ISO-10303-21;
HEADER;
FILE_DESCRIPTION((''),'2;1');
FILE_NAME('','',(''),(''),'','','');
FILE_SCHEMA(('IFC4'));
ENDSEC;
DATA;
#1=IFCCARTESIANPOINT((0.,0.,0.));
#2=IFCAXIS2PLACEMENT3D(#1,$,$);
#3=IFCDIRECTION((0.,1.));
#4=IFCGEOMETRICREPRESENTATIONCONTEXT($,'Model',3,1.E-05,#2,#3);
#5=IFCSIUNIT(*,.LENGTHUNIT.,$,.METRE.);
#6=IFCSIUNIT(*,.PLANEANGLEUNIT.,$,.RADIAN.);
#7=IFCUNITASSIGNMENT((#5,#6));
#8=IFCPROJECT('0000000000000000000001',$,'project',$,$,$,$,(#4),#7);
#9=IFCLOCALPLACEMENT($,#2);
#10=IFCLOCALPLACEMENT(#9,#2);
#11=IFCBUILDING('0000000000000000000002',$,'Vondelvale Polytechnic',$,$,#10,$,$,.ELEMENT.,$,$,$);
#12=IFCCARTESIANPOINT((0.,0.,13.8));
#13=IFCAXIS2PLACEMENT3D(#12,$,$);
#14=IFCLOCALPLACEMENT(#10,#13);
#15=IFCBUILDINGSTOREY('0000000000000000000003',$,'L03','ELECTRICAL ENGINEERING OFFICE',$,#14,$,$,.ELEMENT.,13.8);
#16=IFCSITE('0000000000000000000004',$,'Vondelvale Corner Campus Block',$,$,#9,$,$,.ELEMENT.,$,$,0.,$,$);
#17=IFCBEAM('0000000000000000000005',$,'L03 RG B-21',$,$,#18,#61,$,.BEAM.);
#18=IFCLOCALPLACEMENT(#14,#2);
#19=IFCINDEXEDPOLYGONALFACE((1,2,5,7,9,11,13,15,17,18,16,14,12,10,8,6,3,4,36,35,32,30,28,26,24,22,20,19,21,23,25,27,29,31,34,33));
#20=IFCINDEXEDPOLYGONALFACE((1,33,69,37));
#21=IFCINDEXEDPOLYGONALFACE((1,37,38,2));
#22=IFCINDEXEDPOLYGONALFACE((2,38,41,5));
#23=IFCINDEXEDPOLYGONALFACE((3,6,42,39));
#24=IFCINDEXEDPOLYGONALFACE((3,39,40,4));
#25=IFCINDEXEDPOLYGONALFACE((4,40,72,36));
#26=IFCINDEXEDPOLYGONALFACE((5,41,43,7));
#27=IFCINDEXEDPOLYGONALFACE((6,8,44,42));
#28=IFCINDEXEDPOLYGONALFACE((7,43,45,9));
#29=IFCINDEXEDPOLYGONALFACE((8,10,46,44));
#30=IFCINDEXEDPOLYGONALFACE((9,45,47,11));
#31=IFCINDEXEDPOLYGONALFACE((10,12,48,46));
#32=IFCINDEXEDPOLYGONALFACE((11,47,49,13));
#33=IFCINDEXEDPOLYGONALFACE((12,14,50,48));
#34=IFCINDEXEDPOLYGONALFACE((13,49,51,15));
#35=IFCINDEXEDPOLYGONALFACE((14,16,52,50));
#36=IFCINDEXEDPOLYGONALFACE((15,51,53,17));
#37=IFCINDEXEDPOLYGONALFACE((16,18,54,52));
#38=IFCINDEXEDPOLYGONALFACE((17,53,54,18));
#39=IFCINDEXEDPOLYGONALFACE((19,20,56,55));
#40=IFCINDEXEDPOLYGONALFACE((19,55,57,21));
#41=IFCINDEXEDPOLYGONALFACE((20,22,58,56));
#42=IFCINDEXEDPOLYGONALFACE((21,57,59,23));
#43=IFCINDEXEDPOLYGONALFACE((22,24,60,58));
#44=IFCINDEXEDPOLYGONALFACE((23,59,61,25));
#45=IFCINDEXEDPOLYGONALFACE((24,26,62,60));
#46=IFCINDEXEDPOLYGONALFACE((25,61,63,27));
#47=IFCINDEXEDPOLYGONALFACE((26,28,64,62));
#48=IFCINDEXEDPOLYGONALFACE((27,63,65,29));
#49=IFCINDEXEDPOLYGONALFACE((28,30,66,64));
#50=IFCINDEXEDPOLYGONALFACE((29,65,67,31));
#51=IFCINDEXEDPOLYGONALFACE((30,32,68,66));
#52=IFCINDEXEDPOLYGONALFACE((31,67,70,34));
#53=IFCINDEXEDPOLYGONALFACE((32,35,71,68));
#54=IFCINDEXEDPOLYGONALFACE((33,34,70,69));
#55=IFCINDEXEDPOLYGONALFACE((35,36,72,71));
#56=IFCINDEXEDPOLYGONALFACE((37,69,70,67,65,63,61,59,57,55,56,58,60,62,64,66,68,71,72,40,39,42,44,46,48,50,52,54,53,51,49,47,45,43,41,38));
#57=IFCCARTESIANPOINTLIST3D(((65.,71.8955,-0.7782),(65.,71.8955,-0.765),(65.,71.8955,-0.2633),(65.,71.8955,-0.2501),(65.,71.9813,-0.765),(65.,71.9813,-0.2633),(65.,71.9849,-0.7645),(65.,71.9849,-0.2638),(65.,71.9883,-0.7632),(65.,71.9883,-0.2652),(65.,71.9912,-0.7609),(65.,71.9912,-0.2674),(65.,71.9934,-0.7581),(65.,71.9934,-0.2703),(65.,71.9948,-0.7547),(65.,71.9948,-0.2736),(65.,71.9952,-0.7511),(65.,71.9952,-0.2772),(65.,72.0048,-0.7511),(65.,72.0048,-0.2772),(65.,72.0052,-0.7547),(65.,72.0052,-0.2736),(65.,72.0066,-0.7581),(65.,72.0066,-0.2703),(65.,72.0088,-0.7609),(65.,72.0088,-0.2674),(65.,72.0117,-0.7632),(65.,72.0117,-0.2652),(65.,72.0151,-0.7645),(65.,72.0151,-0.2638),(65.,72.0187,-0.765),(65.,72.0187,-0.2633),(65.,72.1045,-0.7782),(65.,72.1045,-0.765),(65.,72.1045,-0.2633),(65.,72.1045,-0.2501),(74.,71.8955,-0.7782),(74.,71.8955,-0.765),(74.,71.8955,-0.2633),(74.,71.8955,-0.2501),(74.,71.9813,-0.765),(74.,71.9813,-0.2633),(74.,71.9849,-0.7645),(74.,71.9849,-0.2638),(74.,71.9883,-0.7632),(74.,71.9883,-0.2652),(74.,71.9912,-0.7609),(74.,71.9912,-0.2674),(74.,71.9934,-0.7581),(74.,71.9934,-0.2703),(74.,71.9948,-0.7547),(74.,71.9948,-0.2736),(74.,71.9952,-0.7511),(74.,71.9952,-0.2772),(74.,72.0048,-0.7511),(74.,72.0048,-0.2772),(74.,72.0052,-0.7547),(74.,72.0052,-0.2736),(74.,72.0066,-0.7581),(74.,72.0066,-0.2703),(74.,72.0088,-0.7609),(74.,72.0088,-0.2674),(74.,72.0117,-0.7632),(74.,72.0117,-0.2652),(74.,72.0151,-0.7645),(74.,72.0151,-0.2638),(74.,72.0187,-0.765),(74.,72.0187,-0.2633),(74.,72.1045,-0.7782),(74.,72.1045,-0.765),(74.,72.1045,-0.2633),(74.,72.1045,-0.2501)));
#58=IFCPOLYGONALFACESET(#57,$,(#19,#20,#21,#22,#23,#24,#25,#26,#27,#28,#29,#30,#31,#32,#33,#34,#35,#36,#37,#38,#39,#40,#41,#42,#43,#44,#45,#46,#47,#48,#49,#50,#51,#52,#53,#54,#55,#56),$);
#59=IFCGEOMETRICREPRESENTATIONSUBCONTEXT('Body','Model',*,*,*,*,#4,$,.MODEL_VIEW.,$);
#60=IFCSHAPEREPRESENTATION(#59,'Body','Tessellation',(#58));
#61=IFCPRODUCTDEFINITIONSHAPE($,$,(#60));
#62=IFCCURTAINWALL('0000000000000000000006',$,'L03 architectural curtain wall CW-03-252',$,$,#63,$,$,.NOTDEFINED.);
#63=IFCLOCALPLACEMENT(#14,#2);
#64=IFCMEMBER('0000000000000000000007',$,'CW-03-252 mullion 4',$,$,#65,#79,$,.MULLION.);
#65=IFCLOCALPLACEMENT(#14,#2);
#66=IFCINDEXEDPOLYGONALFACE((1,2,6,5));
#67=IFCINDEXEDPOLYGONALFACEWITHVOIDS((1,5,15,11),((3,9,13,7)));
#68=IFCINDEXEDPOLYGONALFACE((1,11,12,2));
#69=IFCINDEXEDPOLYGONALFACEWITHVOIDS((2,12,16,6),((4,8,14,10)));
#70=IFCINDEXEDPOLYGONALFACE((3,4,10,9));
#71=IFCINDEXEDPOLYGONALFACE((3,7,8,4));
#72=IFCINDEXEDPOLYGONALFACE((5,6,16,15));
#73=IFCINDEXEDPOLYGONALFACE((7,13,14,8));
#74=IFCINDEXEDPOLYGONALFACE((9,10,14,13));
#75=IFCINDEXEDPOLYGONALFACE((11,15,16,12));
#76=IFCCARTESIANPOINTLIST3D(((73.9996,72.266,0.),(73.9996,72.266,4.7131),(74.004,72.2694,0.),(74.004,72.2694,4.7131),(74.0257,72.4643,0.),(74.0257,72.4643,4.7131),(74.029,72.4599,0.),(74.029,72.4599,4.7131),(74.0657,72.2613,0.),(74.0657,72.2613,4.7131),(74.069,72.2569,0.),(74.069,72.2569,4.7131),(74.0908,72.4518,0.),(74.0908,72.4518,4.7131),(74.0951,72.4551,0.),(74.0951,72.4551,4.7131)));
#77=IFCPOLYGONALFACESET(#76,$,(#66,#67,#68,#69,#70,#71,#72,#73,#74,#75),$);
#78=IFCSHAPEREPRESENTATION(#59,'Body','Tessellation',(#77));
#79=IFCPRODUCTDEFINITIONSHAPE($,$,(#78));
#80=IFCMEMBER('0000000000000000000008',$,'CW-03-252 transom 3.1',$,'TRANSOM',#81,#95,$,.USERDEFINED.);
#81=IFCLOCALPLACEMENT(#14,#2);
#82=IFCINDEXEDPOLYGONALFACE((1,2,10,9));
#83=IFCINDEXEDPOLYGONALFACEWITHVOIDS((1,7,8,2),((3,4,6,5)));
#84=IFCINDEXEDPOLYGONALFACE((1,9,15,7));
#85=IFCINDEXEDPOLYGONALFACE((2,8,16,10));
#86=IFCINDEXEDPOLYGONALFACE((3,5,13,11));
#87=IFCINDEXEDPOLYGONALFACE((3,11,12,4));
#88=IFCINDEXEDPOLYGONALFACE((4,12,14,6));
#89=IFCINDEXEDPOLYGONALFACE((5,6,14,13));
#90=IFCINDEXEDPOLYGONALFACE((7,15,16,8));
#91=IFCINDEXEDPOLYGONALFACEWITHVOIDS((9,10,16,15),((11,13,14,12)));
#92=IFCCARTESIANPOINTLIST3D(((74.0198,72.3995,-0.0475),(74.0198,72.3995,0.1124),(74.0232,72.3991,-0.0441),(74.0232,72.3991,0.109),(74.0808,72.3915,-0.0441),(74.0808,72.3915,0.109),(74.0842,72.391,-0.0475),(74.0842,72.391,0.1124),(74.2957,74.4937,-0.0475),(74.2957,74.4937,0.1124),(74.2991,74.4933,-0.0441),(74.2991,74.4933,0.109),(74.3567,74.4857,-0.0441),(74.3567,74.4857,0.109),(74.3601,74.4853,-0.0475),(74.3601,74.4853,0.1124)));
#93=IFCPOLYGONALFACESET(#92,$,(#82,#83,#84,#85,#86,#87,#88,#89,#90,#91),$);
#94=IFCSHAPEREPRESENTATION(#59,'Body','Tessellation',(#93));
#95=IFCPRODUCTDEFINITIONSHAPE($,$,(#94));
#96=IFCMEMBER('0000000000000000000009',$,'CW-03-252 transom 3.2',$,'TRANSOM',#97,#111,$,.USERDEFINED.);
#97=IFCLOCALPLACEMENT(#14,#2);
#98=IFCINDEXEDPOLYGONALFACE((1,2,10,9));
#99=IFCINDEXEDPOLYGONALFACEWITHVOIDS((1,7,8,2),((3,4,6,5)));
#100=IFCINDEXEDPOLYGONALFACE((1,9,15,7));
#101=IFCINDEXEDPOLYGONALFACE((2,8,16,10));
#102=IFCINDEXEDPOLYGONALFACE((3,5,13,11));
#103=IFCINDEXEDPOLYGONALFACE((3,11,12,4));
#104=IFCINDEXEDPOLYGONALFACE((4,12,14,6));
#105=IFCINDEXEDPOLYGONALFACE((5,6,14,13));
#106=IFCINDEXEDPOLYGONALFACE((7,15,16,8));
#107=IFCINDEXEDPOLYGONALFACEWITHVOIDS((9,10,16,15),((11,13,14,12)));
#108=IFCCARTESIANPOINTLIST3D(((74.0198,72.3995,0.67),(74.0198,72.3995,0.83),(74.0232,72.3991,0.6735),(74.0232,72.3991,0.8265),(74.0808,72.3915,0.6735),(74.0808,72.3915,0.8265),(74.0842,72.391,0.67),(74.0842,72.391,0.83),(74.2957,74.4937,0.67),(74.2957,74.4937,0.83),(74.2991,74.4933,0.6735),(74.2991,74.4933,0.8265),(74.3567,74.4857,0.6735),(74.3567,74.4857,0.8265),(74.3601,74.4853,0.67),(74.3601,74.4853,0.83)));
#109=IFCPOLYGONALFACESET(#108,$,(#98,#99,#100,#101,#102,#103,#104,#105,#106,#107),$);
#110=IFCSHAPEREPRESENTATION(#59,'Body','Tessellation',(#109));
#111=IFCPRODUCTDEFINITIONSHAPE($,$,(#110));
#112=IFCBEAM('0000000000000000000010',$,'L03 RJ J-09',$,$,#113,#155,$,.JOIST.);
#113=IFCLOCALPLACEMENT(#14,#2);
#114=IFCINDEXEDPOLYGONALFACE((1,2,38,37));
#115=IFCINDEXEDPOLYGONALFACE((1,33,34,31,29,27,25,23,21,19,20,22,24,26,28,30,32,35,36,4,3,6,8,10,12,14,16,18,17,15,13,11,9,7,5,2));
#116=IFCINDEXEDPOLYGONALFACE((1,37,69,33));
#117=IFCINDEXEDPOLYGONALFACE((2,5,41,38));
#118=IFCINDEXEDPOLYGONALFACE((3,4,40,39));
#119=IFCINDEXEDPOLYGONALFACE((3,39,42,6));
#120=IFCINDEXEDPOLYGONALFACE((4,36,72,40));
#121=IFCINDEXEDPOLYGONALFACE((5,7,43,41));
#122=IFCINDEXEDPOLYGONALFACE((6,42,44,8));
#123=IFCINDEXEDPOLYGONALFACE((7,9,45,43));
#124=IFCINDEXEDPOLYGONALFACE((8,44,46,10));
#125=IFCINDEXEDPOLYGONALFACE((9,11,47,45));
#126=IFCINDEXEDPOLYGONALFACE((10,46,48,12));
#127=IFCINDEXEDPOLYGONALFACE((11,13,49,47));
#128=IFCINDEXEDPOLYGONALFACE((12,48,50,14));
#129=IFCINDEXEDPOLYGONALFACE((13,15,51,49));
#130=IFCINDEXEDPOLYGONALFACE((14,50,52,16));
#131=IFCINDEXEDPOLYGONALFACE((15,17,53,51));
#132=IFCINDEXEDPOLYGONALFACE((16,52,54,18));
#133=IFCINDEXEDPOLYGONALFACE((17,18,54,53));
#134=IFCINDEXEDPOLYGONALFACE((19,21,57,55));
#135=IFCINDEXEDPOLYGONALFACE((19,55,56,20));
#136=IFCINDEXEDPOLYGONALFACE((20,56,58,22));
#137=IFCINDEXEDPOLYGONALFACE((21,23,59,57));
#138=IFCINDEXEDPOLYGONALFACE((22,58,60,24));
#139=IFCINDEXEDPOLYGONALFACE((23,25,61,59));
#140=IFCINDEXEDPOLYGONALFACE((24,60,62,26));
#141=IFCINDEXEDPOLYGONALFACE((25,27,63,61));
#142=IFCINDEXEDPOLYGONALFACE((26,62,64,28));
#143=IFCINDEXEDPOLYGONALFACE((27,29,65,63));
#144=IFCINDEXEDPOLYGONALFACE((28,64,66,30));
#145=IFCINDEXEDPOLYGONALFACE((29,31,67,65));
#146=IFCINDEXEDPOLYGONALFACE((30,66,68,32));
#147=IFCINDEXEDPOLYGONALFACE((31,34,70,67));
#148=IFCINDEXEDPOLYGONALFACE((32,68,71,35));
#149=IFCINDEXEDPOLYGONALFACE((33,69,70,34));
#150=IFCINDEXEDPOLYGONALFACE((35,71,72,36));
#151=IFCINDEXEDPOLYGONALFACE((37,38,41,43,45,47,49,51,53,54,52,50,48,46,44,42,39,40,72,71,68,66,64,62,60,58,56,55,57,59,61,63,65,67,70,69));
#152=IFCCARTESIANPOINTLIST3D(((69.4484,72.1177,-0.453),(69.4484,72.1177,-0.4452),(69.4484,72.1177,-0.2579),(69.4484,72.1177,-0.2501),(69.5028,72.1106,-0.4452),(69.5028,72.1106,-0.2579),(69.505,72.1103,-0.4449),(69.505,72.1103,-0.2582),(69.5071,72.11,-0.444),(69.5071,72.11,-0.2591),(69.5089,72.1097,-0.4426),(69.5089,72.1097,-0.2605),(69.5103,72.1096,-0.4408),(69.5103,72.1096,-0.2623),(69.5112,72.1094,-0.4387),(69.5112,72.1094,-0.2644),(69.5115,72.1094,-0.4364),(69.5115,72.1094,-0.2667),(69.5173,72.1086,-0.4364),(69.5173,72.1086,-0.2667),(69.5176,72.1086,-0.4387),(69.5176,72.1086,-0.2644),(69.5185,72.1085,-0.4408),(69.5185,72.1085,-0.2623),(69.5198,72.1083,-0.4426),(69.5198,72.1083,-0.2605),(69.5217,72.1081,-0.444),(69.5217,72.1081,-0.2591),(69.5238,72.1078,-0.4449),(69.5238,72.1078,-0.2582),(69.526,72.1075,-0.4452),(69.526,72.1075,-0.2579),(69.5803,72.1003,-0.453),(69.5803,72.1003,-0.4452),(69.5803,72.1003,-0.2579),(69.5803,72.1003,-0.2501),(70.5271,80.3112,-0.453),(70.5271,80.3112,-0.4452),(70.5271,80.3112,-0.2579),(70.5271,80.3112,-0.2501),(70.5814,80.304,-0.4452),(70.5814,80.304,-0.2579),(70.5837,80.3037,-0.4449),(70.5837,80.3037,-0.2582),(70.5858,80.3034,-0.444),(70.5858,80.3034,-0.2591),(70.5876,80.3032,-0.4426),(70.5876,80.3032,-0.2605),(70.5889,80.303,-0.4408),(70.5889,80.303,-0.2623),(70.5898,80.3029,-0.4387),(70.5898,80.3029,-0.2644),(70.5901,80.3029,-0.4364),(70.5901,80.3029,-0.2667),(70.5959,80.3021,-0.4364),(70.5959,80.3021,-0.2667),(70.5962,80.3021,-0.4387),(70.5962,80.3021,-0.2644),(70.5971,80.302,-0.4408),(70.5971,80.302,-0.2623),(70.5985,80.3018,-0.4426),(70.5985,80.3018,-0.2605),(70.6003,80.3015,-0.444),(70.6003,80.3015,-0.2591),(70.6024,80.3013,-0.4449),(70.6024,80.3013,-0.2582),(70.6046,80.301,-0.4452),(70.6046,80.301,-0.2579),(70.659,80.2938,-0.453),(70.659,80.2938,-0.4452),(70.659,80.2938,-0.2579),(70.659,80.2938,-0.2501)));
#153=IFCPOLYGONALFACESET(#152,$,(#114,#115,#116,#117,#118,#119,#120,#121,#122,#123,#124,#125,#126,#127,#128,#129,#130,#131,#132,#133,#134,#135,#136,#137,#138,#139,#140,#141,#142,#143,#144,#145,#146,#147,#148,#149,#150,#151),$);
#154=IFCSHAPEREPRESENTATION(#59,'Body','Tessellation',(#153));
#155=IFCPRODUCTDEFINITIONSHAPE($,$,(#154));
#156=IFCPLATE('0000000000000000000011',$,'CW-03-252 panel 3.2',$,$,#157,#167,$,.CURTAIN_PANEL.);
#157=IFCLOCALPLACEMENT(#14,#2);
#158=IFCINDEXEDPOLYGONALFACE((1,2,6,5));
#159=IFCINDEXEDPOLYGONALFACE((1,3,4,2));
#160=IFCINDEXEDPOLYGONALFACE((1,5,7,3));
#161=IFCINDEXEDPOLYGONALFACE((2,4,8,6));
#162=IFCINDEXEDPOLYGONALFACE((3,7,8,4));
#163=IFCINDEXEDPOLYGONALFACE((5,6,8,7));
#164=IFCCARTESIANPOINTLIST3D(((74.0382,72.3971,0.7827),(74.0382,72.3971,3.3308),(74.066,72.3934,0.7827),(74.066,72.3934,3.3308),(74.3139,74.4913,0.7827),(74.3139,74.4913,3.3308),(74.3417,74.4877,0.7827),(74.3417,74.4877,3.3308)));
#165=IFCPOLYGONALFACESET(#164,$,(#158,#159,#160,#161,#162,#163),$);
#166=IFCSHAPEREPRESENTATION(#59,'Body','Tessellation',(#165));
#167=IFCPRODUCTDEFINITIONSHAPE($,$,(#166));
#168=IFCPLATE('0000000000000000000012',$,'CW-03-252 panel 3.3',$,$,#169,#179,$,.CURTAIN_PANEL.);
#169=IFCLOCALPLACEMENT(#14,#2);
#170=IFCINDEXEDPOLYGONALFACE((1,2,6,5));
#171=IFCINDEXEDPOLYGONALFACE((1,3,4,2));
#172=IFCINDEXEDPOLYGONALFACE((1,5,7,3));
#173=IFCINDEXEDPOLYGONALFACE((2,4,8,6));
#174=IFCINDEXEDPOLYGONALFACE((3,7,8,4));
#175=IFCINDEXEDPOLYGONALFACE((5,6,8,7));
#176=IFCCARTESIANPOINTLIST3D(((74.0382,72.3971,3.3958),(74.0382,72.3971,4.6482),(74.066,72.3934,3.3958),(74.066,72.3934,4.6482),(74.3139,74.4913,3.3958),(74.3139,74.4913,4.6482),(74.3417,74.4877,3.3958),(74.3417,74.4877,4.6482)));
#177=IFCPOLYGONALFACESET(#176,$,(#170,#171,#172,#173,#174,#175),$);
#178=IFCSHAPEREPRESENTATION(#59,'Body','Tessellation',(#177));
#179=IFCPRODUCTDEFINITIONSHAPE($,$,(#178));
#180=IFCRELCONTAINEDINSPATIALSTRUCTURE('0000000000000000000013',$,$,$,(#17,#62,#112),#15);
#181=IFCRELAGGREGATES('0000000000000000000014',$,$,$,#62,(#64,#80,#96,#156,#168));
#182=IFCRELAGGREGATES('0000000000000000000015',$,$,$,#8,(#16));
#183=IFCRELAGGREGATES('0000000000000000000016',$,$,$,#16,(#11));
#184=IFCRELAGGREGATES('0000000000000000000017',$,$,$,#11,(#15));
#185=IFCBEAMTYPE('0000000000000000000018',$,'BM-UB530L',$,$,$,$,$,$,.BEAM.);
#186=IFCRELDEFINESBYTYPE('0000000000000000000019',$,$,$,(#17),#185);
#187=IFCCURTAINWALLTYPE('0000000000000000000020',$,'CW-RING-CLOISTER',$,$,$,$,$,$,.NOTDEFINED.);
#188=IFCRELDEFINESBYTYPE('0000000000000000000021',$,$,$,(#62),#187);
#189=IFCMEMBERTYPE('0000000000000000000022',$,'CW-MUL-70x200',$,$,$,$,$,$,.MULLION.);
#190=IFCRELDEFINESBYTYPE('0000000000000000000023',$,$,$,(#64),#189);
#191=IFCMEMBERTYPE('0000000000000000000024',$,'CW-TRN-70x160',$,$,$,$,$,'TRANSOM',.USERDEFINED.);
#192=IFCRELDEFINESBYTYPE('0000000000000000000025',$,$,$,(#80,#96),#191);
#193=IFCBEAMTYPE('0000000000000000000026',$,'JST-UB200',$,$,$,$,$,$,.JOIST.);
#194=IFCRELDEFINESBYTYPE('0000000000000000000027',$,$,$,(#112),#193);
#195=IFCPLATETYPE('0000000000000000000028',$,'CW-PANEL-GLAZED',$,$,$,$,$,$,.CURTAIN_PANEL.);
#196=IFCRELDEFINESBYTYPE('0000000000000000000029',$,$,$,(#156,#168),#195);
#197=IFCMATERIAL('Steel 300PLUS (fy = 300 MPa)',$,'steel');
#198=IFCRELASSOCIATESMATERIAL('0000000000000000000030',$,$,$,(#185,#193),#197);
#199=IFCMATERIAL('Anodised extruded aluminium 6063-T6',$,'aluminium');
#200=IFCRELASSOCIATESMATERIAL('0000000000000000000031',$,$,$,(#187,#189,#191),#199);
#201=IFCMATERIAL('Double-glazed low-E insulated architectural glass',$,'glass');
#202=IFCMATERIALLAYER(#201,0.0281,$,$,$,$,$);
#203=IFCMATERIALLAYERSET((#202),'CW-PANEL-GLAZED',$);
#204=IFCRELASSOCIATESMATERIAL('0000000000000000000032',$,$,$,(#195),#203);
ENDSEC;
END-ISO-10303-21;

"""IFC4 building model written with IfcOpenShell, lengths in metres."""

from ifc_helpers import new_model, si_unit, direction, frame, origin, origin_2d, place, context, subcontext, project, spatial, rectangle, hollow_rectangle, i_section, extrude, material, layer, layer_set, material_profile, profile_set, type_object, element, aggregate, save


model = new_model("IFC4")

# Units and contexts
model_context = context("Model", 3, precision=1e-05, world=origin(), true_north=direction((0.0, 1.0)))
body_context = subcontext(model_context, "Body", "Model", "MODEL_VIEW")
ifc_project = project(units=[si_unit("LENGTHUNIT", "METRE"), si_unit("PLANEANGLEUNIT", "RADIAN")], contexts=[model_context])

# Site, building, storey
site_placement = place(None, origin())
site = spatial("IfcSite", under=ifc_project, at=site_placement, Name="Vondelvale Corner Campus Block", CompositionType="ELEMENT", RefElevation=0.0)
building_placement = place(site_placement, origin())
building = spatial("IfcBuilding", under=site, at=building_placement, Name="Vondelvale Polytechnic", CompositionType="ELEMENT")
storey_placement = place(building_placement, frame((0.0, 0.0, 13.8)))
storey = spatial("IfcBuildingStorey", under=building, at=storey_placement, Name="L03", Description="ELECTRICAL ENGINEERING OFFICE", CompositionType="ELEMENT", Elevation=13.8)

# Shared definitions
ifc_material_1 = material(Name="Steel 300PLUS (fy = 300 MPa)", Category="steel")

# Beam
ifc_material_profile_1 = material_profile(ifc_material_1, i_section(OverallWidth=0.209, OverallDepth=0.5281, WebThickness=0.0095, FlangeThickness=0.0132, FilletRadius=0.0139, at=origin_2d()), Name="530UB82.0")
ifc_profile_set_1 = profile_set([ifc_material_profile_1], Name="Steel 300PLUS (fy = 300 MPa)")
beam_type_1 = type_object("IfcBeamType", Name="BM-UB530L", PredefinedType="BEAM", material=ifc_profile_set_1)
beam_1_placement = place(storey_placement, frame((74.0, 72.0, -0.5142), z_axis=(-1.0, 0.0, 0.0), x_axis=(0.0, -1.0, 0.0)))
element("IfcBeam", 1, at=beam_1_placement, inside=storey, type_object=beam_type_1, Name="L03 RG B-21", PredefinedType="BEAM", context=body_context, shape_type="SweptSolid", body=[
    extrude(i_section(OverallWidth=0.209, OverallDepth=0.5281, WebThickness=0.0095, FlangeThickness=0.0132, FilletRadius=0.0139, at=origin_2d()), origin(), (0.0, 0.0, 1.0), 9.0),
])

# Curtain wall, members
ifc_material_2 = material(Name="Anodised extruded aluminium 6063-T6", Category="aluminium")
curtain_wall_type = type_object("IfcCurtainWallType", Name="CW-RING-CLOISTER", PredefinedType="NOTDEFINED", material=ifc_material_2)
curtain_wall_placement = place(storey_placement, origin())
curtain_wall = element("IfcCurtainWall", 2, at=curtain_wall_placement, inside=storey, type_object=curtain_wall_type, Name="L03 architectural curtain wall CW-03-252", PredefinedType="NOTDEFINED")
ifc_material_profile_2 = material_profile(ifc_material_2, hollow_rectangle(XDim=0.0701, YDim=0.2, WallThickness=0.0039, at=origin_2d()), Name="CW-MUL-200x70")
ifc_profile_set_2 = profile_set([ifc_material_profile_2], Name="Anodised extruded aluminium 6063-T6")
member_type_1 = type_object("IfcMemberType", Name="CW-MUL-70x200", PredefinedType="MULLION", material=ifc_profile_set_2)
member_1_placement = place(storey_placement, frame((74.0474, 72.3606, 0.0), z_axis=(0.0, 0.0, 1.0), x_axis=(0.991445, -0.130528, 0.0)))
member_1 = element("IfcMember", 3, at=member_1_placement, type_object=member_type_1, Name="CW-03-252 mullion 4", PredefinedType="MULLION", context=body_context, shape_type="SweptSolid", body=[
    extrude(hollow_rectangle(XDim=0.0701, YDim=0.2, WallThickness=0.0039, at=origin_2d()), origin(), (0.0, 0.0, 1.0), 4.7131),
])
ifc_material_profile_3 = material_profile(ifc_material_2, hollow_rectangle(XDim=0.0649, YDim=0.1599, WallThickness=0.0034, at=origin_2d()), Name="CW-TRN-160x65")
ifc_profile_set_3 = profile_set([ifc_material_profile_3], Name="Anodised extruded aluminium 6063-T6")
member_type_2 = type_object("IfcMemberType", Name="CW-TRN-70x160", ElementType="TRANSOM", PredefinedType="USERDEFINED", material=ifc_profile_set_3)
member_2_placement = place(storey_placement, frame((74.3279, 74.4895, 0.0325), z_axis=(-0.130604, -0.991435, 0.0), x_axis=(0.991435, -0.130604, 0.0)))
member_2 = element("IfcMember", 4, at=member_2_placement, type_object=member_type_2, Name="CW-03-252 transom 3.1", ObjectType="TRANSOM", PredefinedType="USERDEFINED", context=body_context, shape_type="SweptSolid", body=[
    extrude(hollow_rectangle(XDim=0.0649, YDim=0.1599, WallThickness=0.0034, at=origin_2d()), origin(), (0.0, 0.0, 1.0), 2.1123),
])
member_3_placement = place(storey_placement, frame((74.3279, 74.4895, 0.75), z_axis=(-0.130604, -0.991435, 0.0), x_axis=(0.991435, -0.130604, 0.0)))
member_3 = element("IfcMember", 5, at=member_3_placement, type_object=member_type_2, Name="CW-03-252 transom 3.2", ObjectType="TRANSOM", PredefinedType="USERDEFINED", context=body_context, shape_type="SweptSolid", body=[
    extrude(hollow_rectangle(XDim=0.0649, YDim=0.1599, WallThickness=0.0034, at=origin_2d()), origin(), (0.0, 0.0, 1.0), 2.1123),
])

# Beam
ifc_material_profile_4 = material_profile(ifc_material_1, i_section(OverallWidth=0.1331, OverallDepth=0.2029, WebThickness=0.0059, FlangeThickness=0.0078, FilletRadius=0.0088, at=origin_2d()), Name="200UB25.4")
ifc_profile_set_4 = profile_set([ifc_material_profile_4], Name="Steel 300PLUS (fy = 300 MPa)")
beam_type_2 = type_object("IfcBeamType", Name="JST-UB200", PredefinedType="JOIST", material=ifc_profile_set_4)
beam_2_placement = place(storey_placement, frame((70.593, 80.3025, -0.3516), z_axis=(-0.130519, -0.991446, 0.0), x_axis=(0.991446, -0.130519, 0.0)))
element("IfcBeam", 6, at=beam_2_placement, inside=storey, type_object=beam_type_2, Name="L03 RJ J-09", PredefinedType="JOIST", context=body_context, shape_type="SweptSolid", body=[
    extrude(i_section(OverallWidth=0.1331, OverallDepth=0.2029, WebThickness=0.0059, FlangeThickness=0.0078, FilletRadius=0.0088, at=origin_2d()), origin(), (0.0, 0.0, 1.0), 8.2642),
])

# Plates
ifc_material_3 = material(Name="Double-glazed low-E insulated architectural glass", Category="glass")
ifc_layer_1 = layer(ifc_material_3, 0.0281)
ifc_layer_set_1 = layer_set([ifc_layer_1], Name="CW-PANEL-GLAZED")
plate_type_1 = type_object("IfcPlateType", Name="CW-PANEL-GLAZED", PredefinedType="CURTAIN_PANEL", material=ifc_layer_set_1)
plate_1_placement = place(storey_placement, frame((74.1899, 73.4424, 0.7827), z_axis=(0.0, 0.0, 1.0), x_axis=(-0.130528, -0.991445, 0.0)))
plate_1 = element("IfcPlate", 7, at=plate_1_placement, type_object=plate_type_1, Name="CW-03-252 panel 3.2", PredefinedType="CURTAIN_PANEL", context=body_context, shape_type="SweptSolid", body=[
    extrude(rectangle(XDim=2.1123, YDim=0.0281, at=origin_2d()), origin(), (0.0, 0.0, 1.0), 2.5481),
])
plate_2_placement = place(storey_placement, frame((74.1899, 73.4424, 3.3958), z_axis=(0.0, 0.0, 1.0), x_axis=(-0.130528, -0.991445, 0.0)))
plate_2 = element("IfcPlate", 8, at=plate_2_placement, type_object=plate_type_1, Name="CW-03-252 panel 3.3", PredefinedType="CURTAIN_PANEL", context=body_context, shape_type="SweptSolid", body=[
    extrude(rectangle(XDim=2.1123, YDim=0.0281, at=origin_2d()), origin(), (0.0, 0.0, 1.0), 1.2524),
])
aggregate(curtain_wall, [member_1, member_2, member_3, plate_1, plate_2])

save(model, "model.ifc")
